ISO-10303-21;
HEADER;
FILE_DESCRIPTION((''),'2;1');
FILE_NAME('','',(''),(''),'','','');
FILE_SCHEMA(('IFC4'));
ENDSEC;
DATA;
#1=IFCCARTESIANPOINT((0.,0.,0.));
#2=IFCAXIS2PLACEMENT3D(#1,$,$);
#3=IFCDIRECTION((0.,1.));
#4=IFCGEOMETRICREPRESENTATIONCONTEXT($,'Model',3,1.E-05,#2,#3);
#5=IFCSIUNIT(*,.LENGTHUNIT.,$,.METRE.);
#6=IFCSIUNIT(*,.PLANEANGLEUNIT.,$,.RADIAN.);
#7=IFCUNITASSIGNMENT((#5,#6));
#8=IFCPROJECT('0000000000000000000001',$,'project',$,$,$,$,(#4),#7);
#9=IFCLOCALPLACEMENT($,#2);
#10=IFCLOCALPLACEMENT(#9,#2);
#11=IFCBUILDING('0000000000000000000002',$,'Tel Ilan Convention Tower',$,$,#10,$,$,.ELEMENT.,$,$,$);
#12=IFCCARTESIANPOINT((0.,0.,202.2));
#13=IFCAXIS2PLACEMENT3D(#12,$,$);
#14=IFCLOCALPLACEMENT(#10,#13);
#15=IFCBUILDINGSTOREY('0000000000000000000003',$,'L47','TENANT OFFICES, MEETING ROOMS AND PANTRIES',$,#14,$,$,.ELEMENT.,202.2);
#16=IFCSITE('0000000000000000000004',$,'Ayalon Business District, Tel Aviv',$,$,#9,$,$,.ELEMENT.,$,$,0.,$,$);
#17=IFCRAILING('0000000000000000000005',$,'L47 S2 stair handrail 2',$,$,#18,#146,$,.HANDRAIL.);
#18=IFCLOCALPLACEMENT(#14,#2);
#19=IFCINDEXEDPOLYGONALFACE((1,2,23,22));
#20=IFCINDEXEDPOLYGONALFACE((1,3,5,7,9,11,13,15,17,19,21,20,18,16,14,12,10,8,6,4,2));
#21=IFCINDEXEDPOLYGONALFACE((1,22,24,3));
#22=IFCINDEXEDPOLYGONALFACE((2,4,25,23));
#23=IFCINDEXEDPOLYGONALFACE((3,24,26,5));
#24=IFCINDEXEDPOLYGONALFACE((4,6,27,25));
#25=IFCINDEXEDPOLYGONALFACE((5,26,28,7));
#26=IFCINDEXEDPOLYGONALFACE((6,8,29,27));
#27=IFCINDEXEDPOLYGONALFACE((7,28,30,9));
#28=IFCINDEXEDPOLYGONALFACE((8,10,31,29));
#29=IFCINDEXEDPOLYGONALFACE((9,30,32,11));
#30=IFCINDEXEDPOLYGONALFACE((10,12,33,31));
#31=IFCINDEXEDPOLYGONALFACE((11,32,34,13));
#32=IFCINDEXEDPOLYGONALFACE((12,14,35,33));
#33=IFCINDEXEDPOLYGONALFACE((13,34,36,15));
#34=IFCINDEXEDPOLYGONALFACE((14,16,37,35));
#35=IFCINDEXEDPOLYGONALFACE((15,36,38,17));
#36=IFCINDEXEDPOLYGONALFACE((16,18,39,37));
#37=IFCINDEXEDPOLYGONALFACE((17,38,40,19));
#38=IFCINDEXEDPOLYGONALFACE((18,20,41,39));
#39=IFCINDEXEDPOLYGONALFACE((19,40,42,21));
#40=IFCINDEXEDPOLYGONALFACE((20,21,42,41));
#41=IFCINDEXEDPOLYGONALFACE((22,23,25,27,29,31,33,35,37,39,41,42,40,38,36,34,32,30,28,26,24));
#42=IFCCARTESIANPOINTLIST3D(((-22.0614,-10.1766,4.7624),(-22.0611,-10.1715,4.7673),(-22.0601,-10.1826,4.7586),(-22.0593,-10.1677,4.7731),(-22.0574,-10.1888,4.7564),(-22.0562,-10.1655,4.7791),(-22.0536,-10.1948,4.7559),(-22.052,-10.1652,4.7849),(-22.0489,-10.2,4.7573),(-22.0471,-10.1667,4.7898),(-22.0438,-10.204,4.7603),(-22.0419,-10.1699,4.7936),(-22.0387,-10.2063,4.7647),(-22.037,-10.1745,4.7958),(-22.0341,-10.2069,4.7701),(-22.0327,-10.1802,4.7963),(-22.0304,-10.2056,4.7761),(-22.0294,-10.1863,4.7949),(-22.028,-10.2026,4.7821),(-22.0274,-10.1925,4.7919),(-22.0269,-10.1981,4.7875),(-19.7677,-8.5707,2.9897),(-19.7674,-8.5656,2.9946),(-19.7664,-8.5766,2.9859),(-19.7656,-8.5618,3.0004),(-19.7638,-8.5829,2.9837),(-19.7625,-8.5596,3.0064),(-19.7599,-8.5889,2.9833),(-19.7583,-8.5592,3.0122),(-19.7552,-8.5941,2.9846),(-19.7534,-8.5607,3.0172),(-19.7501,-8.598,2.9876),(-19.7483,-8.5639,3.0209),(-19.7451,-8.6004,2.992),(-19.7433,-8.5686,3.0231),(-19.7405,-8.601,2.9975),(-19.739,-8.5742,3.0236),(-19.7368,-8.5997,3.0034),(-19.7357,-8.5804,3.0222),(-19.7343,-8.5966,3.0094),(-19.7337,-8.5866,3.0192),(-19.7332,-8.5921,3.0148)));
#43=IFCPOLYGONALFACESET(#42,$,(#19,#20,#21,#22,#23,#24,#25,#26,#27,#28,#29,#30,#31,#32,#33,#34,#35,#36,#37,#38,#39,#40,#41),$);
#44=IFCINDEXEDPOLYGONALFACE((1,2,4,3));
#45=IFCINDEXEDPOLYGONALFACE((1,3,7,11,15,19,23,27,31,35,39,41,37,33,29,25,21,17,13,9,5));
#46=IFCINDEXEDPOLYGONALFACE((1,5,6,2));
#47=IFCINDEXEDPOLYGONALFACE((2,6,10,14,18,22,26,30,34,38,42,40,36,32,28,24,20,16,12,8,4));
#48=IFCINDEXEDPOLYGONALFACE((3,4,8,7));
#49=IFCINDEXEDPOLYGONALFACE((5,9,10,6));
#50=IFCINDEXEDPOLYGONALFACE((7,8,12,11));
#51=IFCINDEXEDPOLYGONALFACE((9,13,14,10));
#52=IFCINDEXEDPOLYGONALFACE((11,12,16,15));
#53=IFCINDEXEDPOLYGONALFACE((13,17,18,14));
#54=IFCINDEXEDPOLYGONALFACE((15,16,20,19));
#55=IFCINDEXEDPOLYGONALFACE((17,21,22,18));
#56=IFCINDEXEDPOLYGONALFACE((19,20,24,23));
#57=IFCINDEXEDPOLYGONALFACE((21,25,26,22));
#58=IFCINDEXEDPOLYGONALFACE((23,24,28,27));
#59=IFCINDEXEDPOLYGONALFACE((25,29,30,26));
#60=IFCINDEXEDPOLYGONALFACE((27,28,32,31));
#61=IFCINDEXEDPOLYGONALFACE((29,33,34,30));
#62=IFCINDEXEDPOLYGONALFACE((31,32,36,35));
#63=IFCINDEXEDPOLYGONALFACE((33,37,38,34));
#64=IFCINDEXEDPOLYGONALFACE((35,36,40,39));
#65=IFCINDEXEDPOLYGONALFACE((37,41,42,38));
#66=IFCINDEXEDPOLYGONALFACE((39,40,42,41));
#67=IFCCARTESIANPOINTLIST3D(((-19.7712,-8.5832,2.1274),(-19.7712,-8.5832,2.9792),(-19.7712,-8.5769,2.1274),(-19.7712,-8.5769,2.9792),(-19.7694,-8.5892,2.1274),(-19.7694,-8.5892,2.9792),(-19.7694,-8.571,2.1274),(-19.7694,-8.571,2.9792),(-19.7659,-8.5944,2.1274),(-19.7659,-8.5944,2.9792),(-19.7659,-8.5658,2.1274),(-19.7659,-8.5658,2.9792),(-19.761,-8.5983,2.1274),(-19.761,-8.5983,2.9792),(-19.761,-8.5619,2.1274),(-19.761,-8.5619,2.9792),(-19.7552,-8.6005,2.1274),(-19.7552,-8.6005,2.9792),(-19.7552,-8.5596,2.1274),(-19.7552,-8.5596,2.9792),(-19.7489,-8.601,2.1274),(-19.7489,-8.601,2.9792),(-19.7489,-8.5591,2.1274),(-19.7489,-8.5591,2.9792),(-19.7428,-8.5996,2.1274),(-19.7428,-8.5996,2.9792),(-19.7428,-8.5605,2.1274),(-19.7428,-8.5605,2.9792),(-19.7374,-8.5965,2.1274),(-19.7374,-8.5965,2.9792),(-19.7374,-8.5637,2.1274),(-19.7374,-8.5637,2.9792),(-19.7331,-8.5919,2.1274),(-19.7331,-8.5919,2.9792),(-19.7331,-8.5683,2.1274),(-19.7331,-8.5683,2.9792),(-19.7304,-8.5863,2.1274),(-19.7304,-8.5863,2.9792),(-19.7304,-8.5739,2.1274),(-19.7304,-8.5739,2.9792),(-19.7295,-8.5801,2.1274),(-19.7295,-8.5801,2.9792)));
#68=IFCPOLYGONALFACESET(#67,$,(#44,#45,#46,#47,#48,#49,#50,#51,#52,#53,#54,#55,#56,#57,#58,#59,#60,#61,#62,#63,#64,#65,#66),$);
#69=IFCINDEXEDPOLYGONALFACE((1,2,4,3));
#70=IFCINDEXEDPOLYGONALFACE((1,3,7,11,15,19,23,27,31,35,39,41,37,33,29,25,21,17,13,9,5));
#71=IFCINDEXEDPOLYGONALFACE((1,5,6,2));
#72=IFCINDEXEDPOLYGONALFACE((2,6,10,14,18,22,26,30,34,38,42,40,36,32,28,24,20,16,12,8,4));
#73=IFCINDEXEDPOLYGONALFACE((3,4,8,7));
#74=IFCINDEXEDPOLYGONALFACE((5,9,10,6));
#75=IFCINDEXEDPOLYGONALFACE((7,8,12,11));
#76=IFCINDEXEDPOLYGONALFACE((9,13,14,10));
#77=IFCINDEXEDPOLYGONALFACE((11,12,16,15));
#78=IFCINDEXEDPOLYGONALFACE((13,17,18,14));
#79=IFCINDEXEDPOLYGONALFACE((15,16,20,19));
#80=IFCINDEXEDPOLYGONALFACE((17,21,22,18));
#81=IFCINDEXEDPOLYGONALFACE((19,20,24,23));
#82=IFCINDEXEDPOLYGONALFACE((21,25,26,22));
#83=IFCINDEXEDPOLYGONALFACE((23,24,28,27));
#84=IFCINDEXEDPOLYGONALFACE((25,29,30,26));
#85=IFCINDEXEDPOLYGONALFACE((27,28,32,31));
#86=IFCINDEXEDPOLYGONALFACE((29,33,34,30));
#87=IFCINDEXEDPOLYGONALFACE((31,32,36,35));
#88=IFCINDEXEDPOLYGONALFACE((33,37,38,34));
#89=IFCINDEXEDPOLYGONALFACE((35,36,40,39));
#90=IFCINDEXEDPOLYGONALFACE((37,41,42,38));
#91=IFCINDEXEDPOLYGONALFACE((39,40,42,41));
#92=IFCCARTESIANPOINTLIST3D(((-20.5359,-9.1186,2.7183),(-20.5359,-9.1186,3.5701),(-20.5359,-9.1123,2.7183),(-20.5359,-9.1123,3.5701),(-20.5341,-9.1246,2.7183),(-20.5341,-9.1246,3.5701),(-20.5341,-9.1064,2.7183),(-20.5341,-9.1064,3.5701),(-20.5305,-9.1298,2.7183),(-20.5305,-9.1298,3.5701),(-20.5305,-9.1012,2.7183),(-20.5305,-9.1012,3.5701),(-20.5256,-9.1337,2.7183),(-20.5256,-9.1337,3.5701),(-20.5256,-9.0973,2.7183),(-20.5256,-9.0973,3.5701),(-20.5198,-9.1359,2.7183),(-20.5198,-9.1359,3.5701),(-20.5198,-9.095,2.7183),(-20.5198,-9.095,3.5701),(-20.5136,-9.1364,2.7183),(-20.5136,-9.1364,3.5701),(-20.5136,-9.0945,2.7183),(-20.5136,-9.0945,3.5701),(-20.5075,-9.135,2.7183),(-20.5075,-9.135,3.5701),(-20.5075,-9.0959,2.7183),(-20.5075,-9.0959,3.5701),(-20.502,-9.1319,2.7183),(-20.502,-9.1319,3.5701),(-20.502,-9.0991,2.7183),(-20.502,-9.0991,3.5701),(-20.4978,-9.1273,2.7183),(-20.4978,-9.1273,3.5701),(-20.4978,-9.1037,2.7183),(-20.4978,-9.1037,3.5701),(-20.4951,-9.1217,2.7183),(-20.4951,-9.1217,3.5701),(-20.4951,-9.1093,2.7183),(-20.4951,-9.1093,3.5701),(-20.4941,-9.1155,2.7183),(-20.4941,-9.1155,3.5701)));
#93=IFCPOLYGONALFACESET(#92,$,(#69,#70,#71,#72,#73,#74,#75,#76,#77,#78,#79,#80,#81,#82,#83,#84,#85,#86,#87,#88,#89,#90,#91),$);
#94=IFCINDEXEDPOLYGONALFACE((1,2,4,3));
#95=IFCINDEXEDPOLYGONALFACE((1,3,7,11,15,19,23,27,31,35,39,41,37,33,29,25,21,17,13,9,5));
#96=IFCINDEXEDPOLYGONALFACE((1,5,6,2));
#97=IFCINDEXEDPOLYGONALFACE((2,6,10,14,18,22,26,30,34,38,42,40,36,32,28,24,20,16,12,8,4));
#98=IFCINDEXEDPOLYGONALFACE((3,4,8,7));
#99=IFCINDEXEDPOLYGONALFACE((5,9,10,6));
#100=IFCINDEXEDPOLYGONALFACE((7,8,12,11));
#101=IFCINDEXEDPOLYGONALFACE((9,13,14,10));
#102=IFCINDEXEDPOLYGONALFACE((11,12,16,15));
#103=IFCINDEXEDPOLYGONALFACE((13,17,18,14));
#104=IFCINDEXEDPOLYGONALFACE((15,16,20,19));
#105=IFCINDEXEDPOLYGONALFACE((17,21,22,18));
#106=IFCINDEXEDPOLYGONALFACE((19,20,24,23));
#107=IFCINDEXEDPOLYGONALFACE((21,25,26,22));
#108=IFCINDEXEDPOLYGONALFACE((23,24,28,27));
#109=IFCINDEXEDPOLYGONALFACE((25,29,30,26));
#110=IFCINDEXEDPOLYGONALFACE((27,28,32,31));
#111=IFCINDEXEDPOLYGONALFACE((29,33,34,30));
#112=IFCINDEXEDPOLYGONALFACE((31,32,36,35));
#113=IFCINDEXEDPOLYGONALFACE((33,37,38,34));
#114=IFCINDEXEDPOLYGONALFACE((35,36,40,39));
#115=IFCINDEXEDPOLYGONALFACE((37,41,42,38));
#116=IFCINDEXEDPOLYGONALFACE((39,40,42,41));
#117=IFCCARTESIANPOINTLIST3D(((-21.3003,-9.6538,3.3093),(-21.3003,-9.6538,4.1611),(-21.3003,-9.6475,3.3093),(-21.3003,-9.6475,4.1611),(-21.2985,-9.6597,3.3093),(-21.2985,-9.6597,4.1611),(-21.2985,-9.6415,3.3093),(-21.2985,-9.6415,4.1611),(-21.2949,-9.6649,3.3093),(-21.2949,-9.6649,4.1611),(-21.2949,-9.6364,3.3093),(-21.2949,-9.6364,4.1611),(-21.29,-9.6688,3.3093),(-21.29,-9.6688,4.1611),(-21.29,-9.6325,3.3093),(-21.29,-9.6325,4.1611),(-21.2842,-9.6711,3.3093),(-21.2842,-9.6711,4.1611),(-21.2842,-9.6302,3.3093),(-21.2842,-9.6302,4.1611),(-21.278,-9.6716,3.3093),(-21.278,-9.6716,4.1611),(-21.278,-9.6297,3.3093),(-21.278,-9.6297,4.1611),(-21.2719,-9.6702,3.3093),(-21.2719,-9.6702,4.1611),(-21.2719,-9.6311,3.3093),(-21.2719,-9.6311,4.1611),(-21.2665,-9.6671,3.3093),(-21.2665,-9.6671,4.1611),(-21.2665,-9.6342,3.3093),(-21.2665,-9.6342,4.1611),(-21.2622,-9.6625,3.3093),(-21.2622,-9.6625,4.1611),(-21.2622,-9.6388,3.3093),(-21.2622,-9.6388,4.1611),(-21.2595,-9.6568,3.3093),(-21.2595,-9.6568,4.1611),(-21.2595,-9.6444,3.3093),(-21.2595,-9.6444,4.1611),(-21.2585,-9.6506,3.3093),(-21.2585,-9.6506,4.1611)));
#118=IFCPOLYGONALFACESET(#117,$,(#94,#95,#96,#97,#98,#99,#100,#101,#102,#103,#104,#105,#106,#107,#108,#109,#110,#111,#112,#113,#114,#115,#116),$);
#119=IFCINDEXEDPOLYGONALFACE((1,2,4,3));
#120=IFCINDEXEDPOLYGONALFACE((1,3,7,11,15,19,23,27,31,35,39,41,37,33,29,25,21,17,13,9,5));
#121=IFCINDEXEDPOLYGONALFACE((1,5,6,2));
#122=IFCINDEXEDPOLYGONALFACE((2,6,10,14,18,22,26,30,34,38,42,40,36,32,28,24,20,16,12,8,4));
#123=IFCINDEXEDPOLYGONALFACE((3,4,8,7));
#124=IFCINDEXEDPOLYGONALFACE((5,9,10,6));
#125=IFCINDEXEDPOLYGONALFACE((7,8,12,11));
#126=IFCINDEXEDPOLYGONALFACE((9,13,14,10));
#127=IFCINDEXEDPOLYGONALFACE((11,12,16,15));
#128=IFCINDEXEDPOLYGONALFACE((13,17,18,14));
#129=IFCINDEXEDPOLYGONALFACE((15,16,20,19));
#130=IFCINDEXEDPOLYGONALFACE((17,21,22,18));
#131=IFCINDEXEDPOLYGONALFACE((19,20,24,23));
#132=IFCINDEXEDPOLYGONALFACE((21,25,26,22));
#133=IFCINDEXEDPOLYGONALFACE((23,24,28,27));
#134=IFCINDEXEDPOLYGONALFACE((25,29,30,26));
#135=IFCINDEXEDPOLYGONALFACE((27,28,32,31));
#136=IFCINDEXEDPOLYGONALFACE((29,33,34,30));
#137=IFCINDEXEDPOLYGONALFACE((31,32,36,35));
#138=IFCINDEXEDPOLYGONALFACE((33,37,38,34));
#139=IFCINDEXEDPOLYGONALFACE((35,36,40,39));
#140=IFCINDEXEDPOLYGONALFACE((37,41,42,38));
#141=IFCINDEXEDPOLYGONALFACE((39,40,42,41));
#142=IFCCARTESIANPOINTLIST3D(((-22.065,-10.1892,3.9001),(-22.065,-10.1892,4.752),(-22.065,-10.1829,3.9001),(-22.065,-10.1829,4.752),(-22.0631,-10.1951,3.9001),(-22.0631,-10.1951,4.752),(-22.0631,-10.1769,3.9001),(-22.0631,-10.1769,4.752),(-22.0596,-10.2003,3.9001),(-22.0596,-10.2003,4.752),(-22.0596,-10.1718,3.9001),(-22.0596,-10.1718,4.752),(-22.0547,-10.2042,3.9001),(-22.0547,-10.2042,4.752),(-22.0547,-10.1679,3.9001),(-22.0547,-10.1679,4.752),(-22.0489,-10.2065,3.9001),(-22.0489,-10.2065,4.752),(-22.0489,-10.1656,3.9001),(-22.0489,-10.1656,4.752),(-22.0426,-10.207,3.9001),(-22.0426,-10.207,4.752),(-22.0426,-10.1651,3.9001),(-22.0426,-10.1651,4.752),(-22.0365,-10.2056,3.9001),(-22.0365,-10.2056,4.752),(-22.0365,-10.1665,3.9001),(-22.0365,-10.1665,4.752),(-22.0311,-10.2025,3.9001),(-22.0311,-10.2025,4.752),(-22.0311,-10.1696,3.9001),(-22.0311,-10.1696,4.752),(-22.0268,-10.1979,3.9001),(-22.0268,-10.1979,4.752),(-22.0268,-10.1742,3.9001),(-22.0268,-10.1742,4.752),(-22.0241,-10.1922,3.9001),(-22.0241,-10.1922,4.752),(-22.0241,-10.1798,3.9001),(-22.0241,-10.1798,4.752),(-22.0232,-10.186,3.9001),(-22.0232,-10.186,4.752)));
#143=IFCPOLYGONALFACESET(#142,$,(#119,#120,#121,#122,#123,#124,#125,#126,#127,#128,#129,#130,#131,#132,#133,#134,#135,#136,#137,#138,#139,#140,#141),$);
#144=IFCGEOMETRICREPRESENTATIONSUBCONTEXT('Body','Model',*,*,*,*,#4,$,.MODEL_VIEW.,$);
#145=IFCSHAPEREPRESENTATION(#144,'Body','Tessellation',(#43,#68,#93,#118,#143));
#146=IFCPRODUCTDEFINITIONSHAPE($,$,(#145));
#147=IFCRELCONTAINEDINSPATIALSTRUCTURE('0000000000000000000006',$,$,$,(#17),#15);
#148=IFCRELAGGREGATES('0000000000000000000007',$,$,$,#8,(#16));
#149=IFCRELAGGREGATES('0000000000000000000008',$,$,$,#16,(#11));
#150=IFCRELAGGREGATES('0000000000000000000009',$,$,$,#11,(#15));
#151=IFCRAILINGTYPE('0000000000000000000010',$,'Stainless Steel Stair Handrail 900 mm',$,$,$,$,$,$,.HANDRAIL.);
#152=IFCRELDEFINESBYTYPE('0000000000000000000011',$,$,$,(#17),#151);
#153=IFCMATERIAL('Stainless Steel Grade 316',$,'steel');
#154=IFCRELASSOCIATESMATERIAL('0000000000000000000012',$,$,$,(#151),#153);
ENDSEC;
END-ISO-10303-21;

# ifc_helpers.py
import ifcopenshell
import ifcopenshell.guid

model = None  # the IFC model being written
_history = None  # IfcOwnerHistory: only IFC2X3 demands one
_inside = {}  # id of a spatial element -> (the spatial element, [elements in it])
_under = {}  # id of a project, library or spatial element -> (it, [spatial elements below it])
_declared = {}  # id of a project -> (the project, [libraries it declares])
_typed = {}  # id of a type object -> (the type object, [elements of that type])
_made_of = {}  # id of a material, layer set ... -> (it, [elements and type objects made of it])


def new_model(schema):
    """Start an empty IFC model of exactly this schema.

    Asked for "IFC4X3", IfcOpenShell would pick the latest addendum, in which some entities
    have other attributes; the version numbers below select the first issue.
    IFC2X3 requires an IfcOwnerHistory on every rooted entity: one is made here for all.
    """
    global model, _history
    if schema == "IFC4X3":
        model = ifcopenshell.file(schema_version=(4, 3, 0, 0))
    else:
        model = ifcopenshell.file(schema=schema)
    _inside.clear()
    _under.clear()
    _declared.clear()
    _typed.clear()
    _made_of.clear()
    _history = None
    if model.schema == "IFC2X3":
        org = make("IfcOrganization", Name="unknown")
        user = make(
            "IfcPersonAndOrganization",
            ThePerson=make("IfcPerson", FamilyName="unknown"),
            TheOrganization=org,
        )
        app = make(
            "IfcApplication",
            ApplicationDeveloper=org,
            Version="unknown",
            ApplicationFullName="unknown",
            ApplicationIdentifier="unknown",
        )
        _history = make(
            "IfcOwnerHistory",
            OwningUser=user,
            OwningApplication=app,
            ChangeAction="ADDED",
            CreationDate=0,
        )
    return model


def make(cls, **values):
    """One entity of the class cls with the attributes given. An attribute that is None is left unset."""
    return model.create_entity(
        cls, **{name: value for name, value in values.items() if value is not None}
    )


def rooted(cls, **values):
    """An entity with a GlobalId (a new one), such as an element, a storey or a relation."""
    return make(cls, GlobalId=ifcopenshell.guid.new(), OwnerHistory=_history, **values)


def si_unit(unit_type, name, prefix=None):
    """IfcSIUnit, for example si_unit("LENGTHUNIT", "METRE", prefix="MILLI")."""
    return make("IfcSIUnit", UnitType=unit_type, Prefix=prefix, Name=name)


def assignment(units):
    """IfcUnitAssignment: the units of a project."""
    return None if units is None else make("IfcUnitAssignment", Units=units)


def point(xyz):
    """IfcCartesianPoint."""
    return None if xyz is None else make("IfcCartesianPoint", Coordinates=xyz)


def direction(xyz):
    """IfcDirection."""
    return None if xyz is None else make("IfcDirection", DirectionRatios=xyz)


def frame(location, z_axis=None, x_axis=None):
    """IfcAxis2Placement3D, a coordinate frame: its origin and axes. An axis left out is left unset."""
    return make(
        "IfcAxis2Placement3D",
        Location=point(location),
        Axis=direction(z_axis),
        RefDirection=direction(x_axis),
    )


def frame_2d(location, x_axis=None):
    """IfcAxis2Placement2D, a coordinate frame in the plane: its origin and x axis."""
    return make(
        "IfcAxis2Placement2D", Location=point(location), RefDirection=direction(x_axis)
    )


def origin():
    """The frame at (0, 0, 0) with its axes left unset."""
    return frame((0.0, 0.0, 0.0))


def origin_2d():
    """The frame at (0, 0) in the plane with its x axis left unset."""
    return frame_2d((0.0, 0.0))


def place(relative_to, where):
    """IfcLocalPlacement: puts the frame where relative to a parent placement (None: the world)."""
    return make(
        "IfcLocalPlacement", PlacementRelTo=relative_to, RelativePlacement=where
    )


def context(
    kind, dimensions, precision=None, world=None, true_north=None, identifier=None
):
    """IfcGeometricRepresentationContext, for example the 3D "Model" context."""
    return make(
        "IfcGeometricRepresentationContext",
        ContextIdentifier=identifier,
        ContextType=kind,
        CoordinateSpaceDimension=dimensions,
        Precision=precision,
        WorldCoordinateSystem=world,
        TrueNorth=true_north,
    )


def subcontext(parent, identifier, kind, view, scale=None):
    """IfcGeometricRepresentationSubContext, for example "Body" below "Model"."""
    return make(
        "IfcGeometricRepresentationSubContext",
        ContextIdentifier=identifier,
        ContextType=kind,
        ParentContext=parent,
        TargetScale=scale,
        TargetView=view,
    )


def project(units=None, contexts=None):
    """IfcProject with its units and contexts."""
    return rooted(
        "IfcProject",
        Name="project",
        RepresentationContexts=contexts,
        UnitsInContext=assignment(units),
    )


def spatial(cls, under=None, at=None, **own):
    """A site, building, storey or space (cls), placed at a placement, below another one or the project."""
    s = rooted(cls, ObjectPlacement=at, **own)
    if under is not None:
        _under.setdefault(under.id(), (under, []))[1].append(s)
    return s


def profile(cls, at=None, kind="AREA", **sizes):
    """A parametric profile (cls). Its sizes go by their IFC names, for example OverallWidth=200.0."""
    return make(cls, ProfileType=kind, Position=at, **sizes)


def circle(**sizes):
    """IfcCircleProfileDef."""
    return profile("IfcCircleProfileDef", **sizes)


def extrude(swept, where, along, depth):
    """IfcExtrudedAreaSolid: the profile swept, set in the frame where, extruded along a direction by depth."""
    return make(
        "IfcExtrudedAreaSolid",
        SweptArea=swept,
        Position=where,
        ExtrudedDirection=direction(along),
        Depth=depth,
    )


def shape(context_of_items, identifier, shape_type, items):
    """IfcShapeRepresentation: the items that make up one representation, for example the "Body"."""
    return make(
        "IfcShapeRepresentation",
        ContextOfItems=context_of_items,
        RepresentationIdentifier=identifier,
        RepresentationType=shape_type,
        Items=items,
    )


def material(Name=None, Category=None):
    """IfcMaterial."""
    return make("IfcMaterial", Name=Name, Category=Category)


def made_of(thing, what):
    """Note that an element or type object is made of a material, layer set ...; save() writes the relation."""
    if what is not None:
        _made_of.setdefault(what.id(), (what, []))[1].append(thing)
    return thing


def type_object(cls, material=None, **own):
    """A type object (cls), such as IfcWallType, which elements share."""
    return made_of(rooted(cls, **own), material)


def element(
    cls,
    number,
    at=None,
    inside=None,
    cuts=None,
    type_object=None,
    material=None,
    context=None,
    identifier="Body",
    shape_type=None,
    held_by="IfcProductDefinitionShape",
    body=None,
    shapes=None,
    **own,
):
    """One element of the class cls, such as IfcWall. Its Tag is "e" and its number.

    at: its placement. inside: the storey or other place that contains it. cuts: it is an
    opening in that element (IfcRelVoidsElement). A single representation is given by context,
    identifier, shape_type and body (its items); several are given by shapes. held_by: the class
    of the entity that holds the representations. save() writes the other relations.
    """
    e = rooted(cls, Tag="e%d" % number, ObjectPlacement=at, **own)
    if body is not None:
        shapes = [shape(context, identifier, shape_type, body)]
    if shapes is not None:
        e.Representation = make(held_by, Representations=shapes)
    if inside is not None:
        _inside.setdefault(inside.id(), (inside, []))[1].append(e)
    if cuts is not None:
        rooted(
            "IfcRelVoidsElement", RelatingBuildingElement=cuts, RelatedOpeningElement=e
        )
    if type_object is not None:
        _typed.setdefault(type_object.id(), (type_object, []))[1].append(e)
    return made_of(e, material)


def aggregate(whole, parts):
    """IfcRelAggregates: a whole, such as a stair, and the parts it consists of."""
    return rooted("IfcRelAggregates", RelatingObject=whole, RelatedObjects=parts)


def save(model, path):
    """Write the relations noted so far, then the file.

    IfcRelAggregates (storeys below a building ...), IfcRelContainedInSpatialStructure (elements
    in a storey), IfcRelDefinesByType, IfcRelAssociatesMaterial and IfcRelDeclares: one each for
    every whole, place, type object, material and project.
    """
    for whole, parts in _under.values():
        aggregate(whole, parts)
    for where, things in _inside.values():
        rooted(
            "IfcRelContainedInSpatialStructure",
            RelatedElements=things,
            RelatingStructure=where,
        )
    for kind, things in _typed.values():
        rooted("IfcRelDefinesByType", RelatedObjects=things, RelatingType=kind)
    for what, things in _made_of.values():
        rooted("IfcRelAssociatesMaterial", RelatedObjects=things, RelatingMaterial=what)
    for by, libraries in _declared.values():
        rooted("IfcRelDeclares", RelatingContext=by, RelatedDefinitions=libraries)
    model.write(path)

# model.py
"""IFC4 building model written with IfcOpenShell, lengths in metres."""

from ifc_helpers import new_model, si_unit, direction, frame, origin, origin_2d, place, context, subcontext, project, spatial, circle, extrude, material, type_object, element, save


model = new_model("IFC4")

# Units and contexts
model_context = context("Model", 3, precision=1e-05, world=origin(), true_north=direction((0.0, 1.0)))
body_context = subcontext(model_context, "Body", "Model", "MODEL_VIEW")
ifc_project = project(units=[si_unit("LENGTHUNIT", "METRE"), si_unit("PLANEANGLEUNIT", "RADIAN")], contexts=[model_context])

# Site, building, storey
site_placement = place(None, origin())
site = spatial("IfcSite", under=ifc_project, at=site_placement, Name="Ayalon Business District, Tel Aviv", CompositionType="ELEMENT", RefElevation=0.0)
building_placement = place(site_placement, origin())
building = spatial("IfcBuilding", under=site, at=building_placement, Name="Tel Ilan Convention Tower", CompositionType="ELEMENT")
storey_placement = place(building_placement, frame((0.0, 0.0, 202.2)))
storey = spatial("IfcBuildingStorey", under=building, at=storey_placement, Name="L47", Description="TENANT OFFICES, MEETING ROOMS AND PANTRIES", CompositionType="ELEMENT", Elevation=202.2)

# Railing
ifc_material_1 = material(Name="Stainless Steel Grade 316", Category="steel")
railing_type_1 = type_object("IfcRailingType", Name="Stainless Steel Stair Handrail 900 mm", PredefinedType="HANDRAIL", material=ifc_material_1)
for number, where, name in (
    (1, (-19.7505, -8.5801, 2.1274), "L47 S2 stair handrail 2"),
):
    element("IfcRailing", number, at=place(storey_placement, frame(where)), inside=storey, type_object=railing_type_1, Name=name, PredefinedType="HANDRAIL", context=body_context, shape_type="SweptSolid", body=[
        extrude(circle(Radius=0.0239, at=origin_2d()), frame((0.0, 0.0, 0.876), z_axis=(-0.692123, -0.484597, 0.534913), x_axis=(0.57355, -0.81917, 0.0)), (0.0, 0.0, 1.0), 3.314),
        extrude(circle(Radius=0.021, at=origin_2d()), origin(), (0.0, 0.0, 1.0), 0.8518),
        extrude(circle(Radius=0.021, at=origin_2d()), frame((-0.7646, -0.5354, 0.5908)), (0.0, 0.0, 1.0), 0.8518),
        extrude(circle(Radius=0.021, at=origin_2d()), frame((-1.5291, -1.0706, 1.1819)), (0.0, 0.0, 1.0), 0.8518),
        extrude(circle(Radius=0.021, at=origin_2d()), frame((-2.2937, -1.606, 1.7727)), (0.0, 0.0, 1.0), 0.8518),
    ])

save(model, "model.ifc")
